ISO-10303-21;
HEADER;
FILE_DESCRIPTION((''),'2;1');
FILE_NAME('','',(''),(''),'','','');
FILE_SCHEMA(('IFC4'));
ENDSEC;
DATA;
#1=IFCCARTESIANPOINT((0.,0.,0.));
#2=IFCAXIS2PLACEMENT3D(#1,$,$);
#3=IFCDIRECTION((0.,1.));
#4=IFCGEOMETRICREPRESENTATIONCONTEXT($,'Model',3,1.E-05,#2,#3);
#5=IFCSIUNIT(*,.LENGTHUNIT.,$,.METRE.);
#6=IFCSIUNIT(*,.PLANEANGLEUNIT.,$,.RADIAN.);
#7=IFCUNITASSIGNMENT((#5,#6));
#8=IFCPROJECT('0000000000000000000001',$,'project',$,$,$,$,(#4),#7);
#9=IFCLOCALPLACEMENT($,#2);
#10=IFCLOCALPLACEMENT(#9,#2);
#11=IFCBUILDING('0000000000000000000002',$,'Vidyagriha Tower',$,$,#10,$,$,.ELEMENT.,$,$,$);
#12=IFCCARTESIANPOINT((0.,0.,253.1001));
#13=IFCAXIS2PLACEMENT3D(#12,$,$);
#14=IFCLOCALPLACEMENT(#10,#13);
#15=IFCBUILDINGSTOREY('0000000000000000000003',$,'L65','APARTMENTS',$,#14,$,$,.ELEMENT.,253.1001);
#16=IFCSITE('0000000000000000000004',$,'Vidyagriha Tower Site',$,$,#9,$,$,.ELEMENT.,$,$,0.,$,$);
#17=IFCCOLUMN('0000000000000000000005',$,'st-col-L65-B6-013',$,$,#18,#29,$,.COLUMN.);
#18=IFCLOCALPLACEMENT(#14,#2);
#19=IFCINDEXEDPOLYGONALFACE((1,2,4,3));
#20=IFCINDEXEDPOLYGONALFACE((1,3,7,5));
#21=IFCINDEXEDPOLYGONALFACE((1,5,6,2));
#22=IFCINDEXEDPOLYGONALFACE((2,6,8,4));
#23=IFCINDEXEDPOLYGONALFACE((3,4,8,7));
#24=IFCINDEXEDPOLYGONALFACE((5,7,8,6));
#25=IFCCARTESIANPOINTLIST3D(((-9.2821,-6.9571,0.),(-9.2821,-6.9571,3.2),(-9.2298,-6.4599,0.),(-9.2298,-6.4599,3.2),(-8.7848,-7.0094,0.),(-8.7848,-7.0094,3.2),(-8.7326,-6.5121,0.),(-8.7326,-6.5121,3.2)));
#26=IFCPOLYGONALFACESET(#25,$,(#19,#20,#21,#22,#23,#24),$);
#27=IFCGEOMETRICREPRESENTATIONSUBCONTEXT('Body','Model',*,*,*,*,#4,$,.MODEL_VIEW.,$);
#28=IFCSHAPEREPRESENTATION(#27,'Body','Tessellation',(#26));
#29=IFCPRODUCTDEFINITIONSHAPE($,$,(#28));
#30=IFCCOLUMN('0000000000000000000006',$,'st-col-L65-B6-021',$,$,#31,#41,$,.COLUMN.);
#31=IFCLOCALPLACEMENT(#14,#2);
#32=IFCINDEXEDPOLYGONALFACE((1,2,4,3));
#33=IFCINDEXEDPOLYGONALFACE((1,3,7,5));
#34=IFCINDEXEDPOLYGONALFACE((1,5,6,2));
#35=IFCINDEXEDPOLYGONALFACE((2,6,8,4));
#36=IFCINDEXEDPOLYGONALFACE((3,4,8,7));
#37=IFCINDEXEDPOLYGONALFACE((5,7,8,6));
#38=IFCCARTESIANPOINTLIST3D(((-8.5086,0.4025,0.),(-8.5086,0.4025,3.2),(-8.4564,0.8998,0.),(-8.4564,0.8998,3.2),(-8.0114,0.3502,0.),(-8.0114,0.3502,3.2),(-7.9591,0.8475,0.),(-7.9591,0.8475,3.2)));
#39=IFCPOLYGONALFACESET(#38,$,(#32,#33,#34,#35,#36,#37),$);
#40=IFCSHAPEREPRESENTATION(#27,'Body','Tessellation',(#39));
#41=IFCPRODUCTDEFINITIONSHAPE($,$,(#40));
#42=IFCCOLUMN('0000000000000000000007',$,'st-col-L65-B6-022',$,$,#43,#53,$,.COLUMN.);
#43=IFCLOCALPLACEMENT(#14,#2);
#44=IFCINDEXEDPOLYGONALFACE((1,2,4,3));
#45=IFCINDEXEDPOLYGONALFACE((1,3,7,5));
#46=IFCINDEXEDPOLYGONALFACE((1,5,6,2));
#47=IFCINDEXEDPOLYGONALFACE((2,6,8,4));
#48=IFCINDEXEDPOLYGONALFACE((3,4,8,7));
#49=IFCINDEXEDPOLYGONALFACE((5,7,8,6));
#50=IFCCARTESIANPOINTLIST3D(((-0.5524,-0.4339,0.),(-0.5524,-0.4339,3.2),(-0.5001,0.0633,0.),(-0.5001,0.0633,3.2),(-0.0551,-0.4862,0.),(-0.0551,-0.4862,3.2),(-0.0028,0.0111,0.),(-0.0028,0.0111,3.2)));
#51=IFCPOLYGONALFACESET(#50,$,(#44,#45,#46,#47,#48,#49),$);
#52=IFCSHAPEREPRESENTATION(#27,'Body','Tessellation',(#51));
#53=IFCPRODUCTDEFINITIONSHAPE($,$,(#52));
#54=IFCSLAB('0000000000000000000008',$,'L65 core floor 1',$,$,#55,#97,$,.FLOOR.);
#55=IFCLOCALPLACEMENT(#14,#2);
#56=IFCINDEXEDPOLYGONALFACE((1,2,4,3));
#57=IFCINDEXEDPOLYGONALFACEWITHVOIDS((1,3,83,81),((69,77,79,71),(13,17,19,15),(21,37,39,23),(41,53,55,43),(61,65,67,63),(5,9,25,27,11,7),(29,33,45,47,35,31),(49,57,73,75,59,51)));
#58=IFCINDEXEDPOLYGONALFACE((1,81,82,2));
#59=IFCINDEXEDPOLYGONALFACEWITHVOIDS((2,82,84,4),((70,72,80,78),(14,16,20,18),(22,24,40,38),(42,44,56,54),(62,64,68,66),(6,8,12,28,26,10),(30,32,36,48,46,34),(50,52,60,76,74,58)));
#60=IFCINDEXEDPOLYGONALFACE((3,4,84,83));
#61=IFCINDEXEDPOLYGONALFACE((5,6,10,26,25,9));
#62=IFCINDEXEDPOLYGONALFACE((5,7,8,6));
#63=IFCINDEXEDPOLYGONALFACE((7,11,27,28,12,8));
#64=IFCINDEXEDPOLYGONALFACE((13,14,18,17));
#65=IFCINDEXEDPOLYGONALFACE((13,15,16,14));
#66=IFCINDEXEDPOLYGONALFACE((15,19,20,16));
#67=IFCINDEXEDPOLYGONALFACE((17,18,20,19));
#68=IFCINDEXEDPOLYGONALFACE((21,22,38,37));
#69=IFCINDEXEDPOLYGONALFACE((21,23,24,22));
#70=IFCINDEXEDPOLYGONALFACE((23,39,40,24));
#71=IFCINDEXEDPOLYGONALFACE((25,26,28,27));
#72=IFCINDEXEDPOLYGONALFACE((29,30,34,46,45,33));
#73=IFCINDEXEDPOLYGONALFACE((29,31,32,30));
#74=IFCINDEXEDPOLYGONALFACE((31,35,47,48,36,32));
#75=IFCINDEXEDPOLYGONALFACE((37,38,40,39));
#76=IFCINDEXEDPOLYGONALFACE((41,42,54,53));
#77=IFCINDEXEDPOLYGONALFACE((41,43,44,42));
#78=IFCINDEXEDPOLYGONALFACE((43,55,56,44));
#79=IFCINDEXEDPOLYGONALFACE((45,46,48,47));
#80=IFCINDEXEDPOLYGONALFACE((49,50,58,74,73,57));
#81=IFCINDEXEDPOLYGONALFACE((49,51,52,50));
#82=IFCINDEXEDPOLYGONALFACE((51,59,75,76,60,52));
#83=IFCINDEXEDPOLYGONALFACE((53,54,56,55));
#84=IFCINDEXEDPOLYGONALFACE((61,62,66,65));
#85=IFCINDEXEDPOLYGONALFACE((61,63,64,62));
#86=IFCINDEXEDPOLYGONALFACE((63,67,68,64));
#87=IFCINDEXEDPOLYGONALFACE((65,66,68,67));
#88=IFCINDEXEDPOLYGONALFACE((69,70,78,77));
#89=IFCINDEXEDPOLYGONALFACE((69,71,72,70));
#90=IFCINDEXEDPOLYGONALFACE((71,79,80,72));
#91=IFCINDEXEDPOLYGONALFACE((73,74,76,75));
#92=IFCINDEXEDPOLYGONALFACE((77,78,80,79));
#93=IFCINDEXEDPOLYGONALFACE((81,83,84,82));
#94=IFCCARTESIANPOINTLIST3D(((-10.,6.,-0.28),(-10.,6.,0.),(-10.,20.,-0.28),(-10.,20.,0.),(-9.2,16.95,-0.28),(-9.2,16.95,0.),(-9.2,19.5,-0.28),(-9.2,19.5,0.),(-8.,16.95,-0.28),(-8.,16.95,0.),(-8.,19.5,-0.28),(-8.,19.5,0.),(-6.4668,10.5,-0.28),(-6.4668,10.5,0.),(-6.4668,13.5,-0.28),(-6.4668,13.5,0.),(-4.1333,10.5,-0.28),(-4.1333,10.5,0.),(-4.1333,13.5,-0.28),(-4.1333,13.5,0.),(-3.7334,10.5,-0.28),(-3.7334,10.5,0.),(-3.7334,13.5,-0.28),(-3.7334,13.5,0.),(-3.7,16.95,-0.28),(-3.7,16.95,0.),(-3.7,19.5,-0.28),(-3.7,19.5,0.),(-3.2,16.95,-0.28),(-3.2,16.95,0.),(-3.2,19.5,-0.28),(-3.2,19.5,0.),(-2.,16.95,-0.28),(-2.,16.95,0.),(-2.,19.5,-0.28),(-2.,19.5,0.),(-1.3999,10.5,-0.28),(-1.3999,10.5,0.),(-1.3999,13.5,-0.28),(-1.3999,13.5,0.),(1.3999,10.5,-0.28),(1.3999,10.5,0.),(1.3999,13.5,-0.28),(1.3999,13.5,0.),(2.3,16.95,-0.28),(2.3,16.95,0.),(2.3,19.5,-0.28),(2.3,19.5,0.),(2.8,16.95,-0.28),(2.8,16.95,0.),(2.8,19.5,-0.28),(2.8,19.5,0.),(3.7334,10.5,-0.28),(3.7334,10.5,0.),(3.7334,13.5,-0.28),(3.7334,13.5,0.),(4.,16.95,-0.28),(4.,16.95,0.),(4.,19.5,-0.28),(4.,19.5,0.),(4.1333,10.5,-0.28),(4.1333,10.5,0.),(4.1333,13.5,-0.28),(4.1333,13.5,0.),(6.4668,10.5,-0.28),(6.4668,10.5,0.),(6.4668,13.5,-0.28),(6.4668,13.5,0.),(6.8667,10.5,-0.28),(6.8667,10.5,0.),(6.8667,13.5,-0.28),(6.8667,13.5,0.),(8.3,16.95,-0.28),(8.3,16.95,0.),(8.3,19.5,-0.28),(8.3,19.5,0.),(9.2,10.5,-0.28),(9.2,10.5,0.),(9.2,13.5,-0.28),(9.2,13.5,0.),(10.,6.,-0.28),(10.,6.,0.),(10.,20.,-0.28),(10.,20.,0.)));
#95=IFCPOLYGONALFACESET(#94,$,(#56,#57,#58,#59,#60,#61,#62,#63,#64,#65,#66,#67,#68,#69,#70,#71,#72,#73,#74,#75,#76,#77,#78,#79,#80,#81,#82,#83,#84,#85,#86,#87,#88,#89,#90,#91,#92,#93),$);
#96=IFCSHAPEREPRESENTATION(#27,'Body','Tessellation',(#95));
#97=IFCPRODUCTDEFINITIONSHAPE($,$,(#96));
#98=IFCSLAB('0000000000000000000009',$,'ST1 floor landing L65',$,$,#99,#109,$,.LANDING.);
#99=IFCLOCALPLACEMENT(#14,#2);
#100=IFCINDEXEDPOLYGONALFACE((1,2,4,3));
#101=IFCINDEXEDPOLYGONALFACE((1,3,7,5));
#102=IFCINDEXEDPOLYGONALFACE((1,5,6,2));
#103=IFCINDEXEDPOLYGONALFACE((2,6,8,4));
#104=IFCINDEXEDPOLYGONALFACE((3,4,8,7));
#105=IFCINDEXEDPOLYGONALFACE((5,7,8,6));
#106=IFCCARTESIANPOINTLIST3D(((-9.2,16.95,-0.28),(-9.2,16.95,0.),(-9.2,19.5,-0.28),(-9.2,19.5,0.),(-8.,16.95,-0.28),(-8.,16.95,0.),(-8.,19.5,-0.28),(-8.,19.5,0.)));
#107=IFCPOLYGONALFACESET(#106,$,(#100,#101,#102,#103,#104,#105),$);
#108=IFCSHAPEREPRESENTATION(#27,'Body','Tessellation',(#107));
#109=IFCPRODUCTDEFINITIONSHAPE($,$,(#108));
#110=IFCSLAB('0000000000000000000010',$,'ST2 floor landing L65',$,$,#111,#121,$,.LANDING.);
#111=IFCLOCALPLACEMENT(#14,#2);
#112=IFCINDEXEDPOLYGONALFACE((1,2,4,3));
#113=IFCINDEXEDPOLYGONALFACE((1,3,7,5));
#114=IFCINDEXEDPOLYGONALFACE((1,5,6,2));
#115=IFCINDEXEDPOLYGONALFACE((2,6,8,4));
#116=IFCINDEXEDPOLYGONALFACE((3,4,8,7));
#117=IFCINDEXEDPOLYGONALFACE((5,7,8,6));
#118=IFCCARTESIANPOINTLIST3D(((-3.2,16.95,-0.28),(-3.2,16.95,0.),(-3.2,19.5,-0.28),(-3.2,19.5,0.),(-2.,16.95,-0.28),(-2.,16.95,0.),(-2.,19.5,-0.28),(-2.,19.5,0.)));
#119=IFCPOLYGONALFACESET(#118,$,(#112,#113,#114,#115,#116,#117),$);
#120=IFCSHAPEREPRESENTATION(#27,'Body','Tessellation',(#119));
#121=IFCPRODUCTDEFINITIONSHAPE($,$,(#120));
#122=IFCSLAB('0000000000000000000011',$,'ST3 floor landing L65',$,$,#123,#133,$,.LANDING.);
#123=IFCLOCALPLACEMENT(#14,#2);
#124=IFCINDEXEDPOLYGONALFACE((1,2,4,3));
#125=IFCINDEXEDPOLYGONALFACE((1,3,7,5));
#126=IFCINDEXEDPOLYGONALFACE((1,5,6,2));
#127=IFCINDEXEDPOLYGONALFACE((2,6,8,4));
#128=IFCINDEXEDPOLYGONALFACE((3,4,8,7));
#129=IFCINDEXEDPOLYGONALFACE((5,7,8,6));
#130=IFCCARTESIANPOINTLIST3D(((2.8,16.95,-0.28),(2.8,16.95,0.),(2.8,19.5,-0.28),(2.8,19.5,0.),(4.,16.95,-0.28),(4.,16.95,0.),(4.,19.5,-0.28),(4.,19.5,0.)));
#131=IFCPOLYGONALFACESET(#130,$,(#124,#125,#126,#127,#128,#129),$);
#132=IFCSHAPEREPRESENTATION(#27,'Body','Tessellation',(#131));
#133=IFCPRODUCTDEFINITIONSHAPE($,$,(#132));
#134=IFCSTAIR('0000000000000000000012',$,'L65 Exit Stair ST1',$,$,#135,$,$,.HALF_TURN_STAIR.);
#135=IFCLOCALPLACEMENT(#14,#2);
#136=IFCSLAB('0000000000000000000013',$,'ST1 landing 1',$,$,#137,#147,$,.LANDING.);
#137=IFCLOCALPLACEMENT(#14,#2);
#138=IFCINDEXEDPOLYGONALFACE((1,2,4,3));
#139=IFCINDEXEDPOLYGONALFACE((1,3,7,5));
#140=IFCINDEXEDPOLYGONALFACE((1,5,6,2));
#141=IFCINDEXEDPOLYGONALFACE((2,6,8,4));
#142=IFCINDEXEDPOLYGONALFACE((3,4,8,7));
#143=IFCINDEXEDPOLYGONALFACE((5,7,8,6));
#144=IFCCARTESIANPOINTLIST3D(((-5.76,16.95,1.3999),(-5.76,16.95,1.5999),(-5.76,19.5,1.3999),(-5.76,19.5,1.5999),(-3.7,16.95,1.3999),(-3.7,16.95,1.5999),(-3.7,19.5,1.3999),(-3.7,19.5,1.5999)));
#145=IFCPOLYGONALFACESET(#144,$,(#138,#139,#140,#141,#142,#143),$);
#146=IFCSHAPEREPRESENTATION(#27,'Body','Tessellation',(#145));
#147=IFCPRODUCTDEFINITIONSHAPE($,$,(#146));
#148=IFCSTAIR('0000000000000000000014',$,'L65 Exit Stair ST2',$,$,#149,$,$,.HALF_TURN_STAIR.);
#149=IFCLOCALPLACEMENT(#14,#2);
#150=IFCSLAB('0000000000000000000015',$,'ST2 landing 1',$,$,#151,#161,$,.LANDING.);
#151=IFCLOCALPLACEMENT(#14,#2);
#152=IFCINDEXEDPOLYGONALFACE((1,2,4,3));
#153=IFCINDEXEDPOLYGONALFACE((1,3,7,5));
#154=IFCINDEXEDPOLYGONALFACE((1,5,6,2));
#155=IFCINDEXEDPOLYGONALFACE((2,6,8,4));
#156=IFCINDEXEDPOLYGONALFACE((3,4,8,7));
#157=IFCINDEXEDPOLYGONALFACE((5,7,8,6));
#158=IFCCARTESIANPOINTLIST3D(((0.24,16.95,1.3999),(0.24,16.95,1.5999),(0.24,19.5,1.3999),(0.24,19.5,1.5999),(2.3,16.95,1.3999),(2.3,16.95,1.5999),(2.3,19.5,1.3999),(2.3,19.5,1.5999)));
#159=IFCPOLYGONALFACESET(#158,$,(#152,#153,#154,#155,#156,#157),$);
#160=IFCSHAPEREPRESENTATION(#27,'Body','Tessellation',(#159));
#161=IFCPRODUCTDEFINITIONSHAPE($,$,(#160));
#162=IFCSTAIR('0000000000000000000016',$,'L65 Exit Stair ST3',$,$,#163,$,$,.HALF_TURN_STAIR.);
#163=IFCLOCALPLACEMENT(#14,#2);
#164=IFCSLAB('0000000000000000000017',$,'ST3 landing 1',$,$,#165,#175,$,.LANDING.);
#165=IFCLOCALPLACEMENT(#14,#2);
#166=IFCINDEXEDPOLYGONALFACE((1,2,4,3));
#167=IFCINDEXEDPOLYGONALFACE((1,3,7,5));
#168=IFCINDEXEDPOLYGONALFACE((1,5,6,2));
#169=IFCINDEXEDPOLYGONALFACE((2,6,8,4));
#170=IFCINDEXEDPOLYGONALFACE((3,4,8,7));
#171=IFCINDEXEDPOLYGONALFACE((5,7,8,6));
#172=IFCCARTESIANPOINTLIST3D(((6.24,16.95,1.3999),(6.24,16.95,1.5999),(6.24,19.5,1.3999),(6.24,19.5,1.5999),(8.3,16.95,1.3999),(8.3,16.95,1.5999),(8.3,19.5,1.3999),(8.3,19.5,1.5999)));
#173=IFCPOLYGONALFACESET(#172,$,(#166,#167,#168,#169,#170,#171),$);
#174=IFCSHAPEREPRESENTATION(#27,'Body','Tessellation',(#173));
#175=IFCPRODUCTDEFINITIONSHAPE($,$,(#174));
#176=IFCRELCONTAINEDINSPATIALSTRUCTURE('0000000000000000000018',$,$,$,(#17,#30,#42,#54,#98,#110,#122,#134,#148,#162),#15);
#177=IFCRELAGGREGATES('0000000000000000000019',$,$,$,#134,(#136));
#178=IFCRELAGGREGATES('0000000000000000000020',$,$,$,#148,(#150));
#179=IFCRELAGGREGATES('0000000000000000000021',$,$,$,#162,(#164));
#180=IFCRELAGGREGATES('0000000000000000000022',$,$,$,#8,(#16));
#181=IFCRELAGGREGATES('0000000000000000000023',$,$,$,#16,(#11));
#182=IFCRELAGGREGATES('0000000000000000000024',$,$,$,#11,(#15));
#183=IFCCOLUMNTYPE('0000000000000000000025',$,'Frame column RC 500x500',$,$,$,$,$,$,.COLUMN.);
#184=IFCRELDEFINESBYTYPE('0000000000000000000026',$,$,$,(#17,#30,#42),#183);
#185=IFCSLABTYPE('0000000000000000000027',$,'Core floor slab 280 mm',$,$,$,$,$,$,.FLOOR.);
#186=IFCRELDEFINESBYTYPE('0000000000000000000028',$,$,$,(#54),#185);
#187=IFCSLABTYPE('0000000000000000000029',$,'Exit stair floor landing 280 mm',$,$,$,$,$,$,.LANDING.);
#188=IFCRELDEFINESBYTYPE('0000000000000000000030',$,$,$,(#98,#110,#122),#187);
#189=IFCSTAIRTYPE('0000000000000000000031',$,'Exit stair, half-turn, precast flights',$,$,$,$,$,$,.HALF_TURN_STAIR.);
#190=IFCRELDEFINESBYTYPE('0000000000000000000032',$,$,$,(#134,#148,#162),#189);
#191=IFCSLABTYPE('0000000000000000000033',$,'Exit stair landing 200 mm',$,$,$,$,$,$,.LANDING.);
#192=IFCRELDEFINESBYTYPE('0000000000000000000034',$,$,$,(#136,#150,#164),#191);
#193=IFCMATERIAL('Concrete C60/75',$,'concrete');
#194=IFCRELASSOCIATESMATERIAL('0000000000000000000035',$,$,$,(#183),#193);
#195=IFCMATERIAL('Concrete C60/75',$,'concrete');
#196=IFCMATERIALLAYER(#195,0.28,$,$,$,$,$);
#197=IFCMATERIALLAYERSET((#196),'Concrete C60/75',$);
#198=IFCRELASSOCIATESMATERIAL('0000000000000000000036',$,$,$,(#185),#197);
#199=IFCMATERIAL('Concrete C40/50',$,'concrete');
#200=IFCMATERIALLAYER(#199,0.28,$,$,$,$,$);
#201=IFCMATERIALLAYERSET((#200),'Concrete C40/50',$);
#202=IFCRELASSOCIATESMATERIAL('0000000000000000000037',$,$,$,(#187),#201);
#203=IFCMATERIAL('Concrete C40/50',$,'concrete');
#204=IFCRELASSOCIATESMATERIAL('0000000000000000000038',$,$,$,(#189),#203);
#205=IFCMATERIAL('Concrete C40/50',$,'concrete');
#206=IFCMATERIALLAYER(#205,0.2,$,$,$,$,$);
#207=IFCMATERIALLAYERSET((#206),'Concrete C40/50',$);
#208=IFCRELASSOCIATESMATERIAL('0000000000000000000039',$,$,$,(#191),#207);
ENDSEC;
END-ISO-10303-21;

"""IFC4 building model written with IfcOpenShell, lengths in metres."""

from ifc_helpers import new_model, si_unit, direction, frame, origin, origin_2d, place, context, subcontext, project, spatial, polyline, rectangle, outline, extrude, material, layer, layer_set, material_profile, profile_set, type_object, element, aggregate, save


model = new_model("IFC4")

# Units and contexts
model_context = context("Model", 3, precision=1e-05, world=origin(), true_north=direction((0.0, 1.0)))
body_context = subcontext(model_context, "Body", "Model", "MODEL_VIEW")
ifc_project = project(units=[si_unit("LENGTHUNIT", "METRE"), si_unit("PLANEANGLEUNIT", "RADIAN")], contexts=[model_context])

# Site, building, storey
site_placement = place(None, origin())
site = spatial("IfcSite", under=ifc_project, at=site_placement, Name="Vidyagriha Tower Site", CompositionType="ELEMENT", RefElevation=0.0)
building_placement = place(site_placement, origin())
building = spatial("IfcBuilding", under=site, at=building_placement, Name="Vidyagriha Tower", CompositionType="ELEMENT")
storey_placement = place(building_placement, frame((0.0, 0.0, 253.1001)))
storey = spatial("IfcBuildingStorey", under=building, at=storey_placement, Name="L65", Description="APARTMENTS", CompositionType="ELEMENT", Elevation=253.1001)

# Columns
ifc_material_1 = material(Name="Concrete C60/75", Category="concrete")
ifc_material_profile = material_profile(ifc_material_1, rectangle(XDim=0.5, YDim=0.5, at=origin_2d()), Name="RC 500x500")
ifc_profile_set = profile_set([ifc_material_profile], Name="Concrete C60/75")
column_type = type_object("IfcColumnType", Name="Frame column RC 500x500", PredefinedType="COLUMN", material=ifc_profile_set)
for number, where, z_axis, x_axis, name in (
    (1, (-9.0073, -6.7346, 0.0), (0.0, 0.0, 1.0), (0.994522, -0.104528, 0.0), "st-col-L65-B6-013"),
    (2, (-8.2339, 0.625, 0.0), (0.0, 0.0, 1.0), (0.994522, -0.104528, 0.0), "st-col-L65-B6-021"),
    (3, (-0.2776, -0.2114, 0.0), (0.0, 0.0, 1.0), (0.994522, -0.104528, 0.0), "st-col-L65-B6-022"),
):
    element("IfcColumn", number, at=place(storey_placement, frame(where, z_axis=z_axis, x_axis=x_axis)), inside=storey, type_object=column_type, Name=name, PredefinedType="COLUMN", context=body_context, shape_type="SweptSolid", body=[
        extrude(rectangle(XDim=0.5, YDim=0.5, at=origin_2d()), origin(), (0.0, 0.0, 1.0), 3.2),
    ])

# Slabs
ifc_material_2 = material(Name="Concrete C60/75", Category="concrete")
ifc_layer_1 = layer(ifc_material_2, 0.28)
ifc_layer_set_1 = layer_set([ifc_layer_1], Name="Concrete C60/75")
slab_type_1 = type_object("IfcSlabType", Name="Core floor slab 280 mm", PredefinedType="FLOOR", material=ifc_layer_set_1)
slab_1_placement = place(storey_placement, frame((0.0, 0.0, -0.28)))
element("IfcSlab", 4, at=slab_1_placement, inside=storey, type_object=slab_type_1, Name="L65 core floor 1", PredefinedType="FLOOR", context=body_context, shape_type="SweptSolid", body=[
    extrude(outline(polyline([(-10.0, 6.0), (-10.0, 20.0), (10.0, 20.0), (10.0, 6.0), (-10.0, 6.0)]), holes=[polyline([(6.8667, 13.5), (6.8667, 10.5), (9.2, 10.5), (9.2, 13.5), (6.8667, 13.5)]), polyline([(4.0, 19.5), (2.8, 19.5), (2.8, 16.95), (4.0, 16.95), (8.3, 16.95), (8.3, 19.5), (4.0, 19.5)]), polyline([(6.4668, 13.5), (4.1333, 13.5), (4.1333, 10.5), (6.4668, 10.5), (6.4668, 13.5)]), polyline([(3.7334, 13.5), (1.3999, 13.5), (1.3999, 10.5), (3.7334, 10.5), (3.7334, 13.5)]), polyline([(-2.0, 16.95), (2.3, 16.95), (2.3, 19.5), (-2.0, 19.5), (-3.2, 19.5), (-3.2, 16.95), (-2.0, 16.95)]), polyline([(-3.7334, 13.5), (-3.7334, 10.5), (-1.3999, 10.5), (-1.3999, 13.5), (-3.7334, 13.5)]), polyline([(-9.2, 19.5), (-9.2, 16.95), (-8.0, 16.95), (-3.7, 16.95), (-3.7, 19.5), (-8.0, 19.5), (-9.2, 19.5)]), polyline([(-6.4668, 13.5), (-6.4668, 10.5), (-4.1333, 10.5), (-4.1333, 13.5), (-6.4668, 13.5)])]), origin(), (0.0, 0.0, 1.0), 0.28),
])
ifc_material_3 = material(Name="Concrete C40/50", Category="concrete")
ifc_layer_2 = layer(ifc_material_3, 0.28)
ifc_layer_set_2 = layer_set([ifc_layer_2], Name="Concrete C40/50")
slab_type_2 = type_object("IfcSlabType", Name="Exit stair floor landing 280 mm", PredefinedType="LANDING", material=ifc_layer_set_2)
slab_2_placement = place(storey_placement, frame((0.0, 0.0, -0.28)))
element("IfcSlab", 5, at=slab_2_placement, inside=storey, type_object=slab_type_2, Name="ST1 floor landing L65", PredefinedType="LANDING", context=body_context, shape_type="SweptSolid", body=[
    extrude(outline(polyline([(-9.2, 16.95), (-8.0, 16.95), (-8.0, 19.5), (-9.2, 19.5), (-9.2, 16.95)])), origin(), (0.0, 0.0, 1.0), 0.28),
])
slab_3_placement = place(storey_placement, frame((0.0, 0.0, -0.28)))
element("IfcSlab", 6, at=slab_3_placement, inside=storey, type_object=slab_type_2, Name="ST2 floor landing L65", PredefinedType="LANDING", context=body_context, shape_type="SweptSolid", body=[
    extrude(outline(polyline([(-3.2, 16.95), (-2.0, 16.95), (-2.0, 19.5), (-3.2, 19.5), (-3.2, 16.95)])), origin(), (0.0, 0.0, 1.0), 0.28),
])
slab_4_placement = place(storey_placement, frame((0.0, 0.0, -0.28)))
element("IfcSlab", 7, at=slab_4_placement, inside=storey, type_object=slab_type_2, Name="ST3 floor landing L65", PredefinedType="LANDING", context=body_context, shape_type="SweptSolid", body=[
    extrude(outline(polyline([(2.8, 16.95), (4.0, 16.95), (4.0, 19.5), (2.8, 19.5), (2.8, 16.95)])), origin(), (0.0, 0.0, 1.0), 0.28),
])

# Stairs, slabs
ifc_material_4 = material(Name="Concrete C40/50", Category="concrete")
stair_type = type_object("IfcStairType", Name="Exit stair, half-turn, precast flights", PredefinedType="HALF_TURN_STAIR", material=ifc_material_4)
stair_1_placement = place(storey_placement, origin())
stair_1 = element("IfcStair", 8, at=stair_1_placement, inside=storey, type_object=stair_type, Name="L65 Exit Stair ST1", PredefinedType="HALF_TURN_STAIR")
ifc_material_5 = material(Name="Concrete C40/50", Category="concrete")
ifc_layer_3 = layer(ifc_material_5, 0.2)
ifc_layer_set_3 = layer_set([ifc_layer_3], Name="Concrete C40/50")
slab_type_3 = type_object("IfcSlabType", Name="Exit stair landing 200 mm", PredefinedType="LANDING", material=ifc_layer_set_3)
slab_5_placement = place(storey_placement, frame((0.0, 0.0, 1.3999)))
slab_5 = element("IfcSlab", 9, at=slab_5_placement, type_object=slab_type_3, Name="ST1 landing 1", PredefinedType="LANDING", context=body_context, shape_type="SweptSolid", body=[
    extrude(outline(polyline([(-5.76, 16.95), (-3.7, 16.95), (-3.7, 19.5), (-5.76, 19.5), (-5.76, 16.95)])), origin(), (0.0, 0.0, 1.0), 0.2),
])
aggregate(stair_1, [slab_5])
stair_2_placement = place(storey_placement, origin())
stair_2 = element("IfcStair", 10, at=stair_2_placement, inside=storey, type_object=stair_type, Name="L65 Exit Stair ST2", PredefinedType="HALF_TURN_STAIR")
slab_6_placement = place(storey_placement, frame((0.0, 0.0, 1.3999)))
slab_6 = element("IfcSlab", 11, at=slab_6_placement, type_object=slab_type_3, Name="ST2 landing 1", PredefinedType="LANDING", context=body_context, shape_type="SweptSolid", body=[
    extrude(outline(polyline([(0.24, 16.95), (2.3, 16.95), (2.3, 19.5), (0.24, 19.5), (0.24, 16.95)])), origin(), (0.0, 0.0, 1.0), 0.2),
])
aggregate(stair_2, [slab_6])
stair_3_placement = place(storey_placement, origin())
stair_3 = element("IfcStair", 12, at=stair_3_placement, inside=storey, type_object=stair_type, Name="L65 Exit Stair ST3", PredefinedType="HALF_TURN_STAIR")
slab_7_placement = place(storey_placement, frame((0.0, 0.0, 1.3999)))
slab_7 = element("IfcSlab", 13, at=slab_7_placement, type_object=slab_type_3, Name="ST3 landing 1", PredefinedType="LANDING", context=body_context, shape_type="SweptSolid", body=[
    extrude(outline(polyline([(6.24, 16.95), (8.3, 16.95), (8.3, 19.5), (6.24, 19.5), (6.24, 16.95)])), origin(), (0.0, 0.0, 1.0), 0.2),
])
aggregate(stair_3, [slab_7])

save(model, "model.ifc")
